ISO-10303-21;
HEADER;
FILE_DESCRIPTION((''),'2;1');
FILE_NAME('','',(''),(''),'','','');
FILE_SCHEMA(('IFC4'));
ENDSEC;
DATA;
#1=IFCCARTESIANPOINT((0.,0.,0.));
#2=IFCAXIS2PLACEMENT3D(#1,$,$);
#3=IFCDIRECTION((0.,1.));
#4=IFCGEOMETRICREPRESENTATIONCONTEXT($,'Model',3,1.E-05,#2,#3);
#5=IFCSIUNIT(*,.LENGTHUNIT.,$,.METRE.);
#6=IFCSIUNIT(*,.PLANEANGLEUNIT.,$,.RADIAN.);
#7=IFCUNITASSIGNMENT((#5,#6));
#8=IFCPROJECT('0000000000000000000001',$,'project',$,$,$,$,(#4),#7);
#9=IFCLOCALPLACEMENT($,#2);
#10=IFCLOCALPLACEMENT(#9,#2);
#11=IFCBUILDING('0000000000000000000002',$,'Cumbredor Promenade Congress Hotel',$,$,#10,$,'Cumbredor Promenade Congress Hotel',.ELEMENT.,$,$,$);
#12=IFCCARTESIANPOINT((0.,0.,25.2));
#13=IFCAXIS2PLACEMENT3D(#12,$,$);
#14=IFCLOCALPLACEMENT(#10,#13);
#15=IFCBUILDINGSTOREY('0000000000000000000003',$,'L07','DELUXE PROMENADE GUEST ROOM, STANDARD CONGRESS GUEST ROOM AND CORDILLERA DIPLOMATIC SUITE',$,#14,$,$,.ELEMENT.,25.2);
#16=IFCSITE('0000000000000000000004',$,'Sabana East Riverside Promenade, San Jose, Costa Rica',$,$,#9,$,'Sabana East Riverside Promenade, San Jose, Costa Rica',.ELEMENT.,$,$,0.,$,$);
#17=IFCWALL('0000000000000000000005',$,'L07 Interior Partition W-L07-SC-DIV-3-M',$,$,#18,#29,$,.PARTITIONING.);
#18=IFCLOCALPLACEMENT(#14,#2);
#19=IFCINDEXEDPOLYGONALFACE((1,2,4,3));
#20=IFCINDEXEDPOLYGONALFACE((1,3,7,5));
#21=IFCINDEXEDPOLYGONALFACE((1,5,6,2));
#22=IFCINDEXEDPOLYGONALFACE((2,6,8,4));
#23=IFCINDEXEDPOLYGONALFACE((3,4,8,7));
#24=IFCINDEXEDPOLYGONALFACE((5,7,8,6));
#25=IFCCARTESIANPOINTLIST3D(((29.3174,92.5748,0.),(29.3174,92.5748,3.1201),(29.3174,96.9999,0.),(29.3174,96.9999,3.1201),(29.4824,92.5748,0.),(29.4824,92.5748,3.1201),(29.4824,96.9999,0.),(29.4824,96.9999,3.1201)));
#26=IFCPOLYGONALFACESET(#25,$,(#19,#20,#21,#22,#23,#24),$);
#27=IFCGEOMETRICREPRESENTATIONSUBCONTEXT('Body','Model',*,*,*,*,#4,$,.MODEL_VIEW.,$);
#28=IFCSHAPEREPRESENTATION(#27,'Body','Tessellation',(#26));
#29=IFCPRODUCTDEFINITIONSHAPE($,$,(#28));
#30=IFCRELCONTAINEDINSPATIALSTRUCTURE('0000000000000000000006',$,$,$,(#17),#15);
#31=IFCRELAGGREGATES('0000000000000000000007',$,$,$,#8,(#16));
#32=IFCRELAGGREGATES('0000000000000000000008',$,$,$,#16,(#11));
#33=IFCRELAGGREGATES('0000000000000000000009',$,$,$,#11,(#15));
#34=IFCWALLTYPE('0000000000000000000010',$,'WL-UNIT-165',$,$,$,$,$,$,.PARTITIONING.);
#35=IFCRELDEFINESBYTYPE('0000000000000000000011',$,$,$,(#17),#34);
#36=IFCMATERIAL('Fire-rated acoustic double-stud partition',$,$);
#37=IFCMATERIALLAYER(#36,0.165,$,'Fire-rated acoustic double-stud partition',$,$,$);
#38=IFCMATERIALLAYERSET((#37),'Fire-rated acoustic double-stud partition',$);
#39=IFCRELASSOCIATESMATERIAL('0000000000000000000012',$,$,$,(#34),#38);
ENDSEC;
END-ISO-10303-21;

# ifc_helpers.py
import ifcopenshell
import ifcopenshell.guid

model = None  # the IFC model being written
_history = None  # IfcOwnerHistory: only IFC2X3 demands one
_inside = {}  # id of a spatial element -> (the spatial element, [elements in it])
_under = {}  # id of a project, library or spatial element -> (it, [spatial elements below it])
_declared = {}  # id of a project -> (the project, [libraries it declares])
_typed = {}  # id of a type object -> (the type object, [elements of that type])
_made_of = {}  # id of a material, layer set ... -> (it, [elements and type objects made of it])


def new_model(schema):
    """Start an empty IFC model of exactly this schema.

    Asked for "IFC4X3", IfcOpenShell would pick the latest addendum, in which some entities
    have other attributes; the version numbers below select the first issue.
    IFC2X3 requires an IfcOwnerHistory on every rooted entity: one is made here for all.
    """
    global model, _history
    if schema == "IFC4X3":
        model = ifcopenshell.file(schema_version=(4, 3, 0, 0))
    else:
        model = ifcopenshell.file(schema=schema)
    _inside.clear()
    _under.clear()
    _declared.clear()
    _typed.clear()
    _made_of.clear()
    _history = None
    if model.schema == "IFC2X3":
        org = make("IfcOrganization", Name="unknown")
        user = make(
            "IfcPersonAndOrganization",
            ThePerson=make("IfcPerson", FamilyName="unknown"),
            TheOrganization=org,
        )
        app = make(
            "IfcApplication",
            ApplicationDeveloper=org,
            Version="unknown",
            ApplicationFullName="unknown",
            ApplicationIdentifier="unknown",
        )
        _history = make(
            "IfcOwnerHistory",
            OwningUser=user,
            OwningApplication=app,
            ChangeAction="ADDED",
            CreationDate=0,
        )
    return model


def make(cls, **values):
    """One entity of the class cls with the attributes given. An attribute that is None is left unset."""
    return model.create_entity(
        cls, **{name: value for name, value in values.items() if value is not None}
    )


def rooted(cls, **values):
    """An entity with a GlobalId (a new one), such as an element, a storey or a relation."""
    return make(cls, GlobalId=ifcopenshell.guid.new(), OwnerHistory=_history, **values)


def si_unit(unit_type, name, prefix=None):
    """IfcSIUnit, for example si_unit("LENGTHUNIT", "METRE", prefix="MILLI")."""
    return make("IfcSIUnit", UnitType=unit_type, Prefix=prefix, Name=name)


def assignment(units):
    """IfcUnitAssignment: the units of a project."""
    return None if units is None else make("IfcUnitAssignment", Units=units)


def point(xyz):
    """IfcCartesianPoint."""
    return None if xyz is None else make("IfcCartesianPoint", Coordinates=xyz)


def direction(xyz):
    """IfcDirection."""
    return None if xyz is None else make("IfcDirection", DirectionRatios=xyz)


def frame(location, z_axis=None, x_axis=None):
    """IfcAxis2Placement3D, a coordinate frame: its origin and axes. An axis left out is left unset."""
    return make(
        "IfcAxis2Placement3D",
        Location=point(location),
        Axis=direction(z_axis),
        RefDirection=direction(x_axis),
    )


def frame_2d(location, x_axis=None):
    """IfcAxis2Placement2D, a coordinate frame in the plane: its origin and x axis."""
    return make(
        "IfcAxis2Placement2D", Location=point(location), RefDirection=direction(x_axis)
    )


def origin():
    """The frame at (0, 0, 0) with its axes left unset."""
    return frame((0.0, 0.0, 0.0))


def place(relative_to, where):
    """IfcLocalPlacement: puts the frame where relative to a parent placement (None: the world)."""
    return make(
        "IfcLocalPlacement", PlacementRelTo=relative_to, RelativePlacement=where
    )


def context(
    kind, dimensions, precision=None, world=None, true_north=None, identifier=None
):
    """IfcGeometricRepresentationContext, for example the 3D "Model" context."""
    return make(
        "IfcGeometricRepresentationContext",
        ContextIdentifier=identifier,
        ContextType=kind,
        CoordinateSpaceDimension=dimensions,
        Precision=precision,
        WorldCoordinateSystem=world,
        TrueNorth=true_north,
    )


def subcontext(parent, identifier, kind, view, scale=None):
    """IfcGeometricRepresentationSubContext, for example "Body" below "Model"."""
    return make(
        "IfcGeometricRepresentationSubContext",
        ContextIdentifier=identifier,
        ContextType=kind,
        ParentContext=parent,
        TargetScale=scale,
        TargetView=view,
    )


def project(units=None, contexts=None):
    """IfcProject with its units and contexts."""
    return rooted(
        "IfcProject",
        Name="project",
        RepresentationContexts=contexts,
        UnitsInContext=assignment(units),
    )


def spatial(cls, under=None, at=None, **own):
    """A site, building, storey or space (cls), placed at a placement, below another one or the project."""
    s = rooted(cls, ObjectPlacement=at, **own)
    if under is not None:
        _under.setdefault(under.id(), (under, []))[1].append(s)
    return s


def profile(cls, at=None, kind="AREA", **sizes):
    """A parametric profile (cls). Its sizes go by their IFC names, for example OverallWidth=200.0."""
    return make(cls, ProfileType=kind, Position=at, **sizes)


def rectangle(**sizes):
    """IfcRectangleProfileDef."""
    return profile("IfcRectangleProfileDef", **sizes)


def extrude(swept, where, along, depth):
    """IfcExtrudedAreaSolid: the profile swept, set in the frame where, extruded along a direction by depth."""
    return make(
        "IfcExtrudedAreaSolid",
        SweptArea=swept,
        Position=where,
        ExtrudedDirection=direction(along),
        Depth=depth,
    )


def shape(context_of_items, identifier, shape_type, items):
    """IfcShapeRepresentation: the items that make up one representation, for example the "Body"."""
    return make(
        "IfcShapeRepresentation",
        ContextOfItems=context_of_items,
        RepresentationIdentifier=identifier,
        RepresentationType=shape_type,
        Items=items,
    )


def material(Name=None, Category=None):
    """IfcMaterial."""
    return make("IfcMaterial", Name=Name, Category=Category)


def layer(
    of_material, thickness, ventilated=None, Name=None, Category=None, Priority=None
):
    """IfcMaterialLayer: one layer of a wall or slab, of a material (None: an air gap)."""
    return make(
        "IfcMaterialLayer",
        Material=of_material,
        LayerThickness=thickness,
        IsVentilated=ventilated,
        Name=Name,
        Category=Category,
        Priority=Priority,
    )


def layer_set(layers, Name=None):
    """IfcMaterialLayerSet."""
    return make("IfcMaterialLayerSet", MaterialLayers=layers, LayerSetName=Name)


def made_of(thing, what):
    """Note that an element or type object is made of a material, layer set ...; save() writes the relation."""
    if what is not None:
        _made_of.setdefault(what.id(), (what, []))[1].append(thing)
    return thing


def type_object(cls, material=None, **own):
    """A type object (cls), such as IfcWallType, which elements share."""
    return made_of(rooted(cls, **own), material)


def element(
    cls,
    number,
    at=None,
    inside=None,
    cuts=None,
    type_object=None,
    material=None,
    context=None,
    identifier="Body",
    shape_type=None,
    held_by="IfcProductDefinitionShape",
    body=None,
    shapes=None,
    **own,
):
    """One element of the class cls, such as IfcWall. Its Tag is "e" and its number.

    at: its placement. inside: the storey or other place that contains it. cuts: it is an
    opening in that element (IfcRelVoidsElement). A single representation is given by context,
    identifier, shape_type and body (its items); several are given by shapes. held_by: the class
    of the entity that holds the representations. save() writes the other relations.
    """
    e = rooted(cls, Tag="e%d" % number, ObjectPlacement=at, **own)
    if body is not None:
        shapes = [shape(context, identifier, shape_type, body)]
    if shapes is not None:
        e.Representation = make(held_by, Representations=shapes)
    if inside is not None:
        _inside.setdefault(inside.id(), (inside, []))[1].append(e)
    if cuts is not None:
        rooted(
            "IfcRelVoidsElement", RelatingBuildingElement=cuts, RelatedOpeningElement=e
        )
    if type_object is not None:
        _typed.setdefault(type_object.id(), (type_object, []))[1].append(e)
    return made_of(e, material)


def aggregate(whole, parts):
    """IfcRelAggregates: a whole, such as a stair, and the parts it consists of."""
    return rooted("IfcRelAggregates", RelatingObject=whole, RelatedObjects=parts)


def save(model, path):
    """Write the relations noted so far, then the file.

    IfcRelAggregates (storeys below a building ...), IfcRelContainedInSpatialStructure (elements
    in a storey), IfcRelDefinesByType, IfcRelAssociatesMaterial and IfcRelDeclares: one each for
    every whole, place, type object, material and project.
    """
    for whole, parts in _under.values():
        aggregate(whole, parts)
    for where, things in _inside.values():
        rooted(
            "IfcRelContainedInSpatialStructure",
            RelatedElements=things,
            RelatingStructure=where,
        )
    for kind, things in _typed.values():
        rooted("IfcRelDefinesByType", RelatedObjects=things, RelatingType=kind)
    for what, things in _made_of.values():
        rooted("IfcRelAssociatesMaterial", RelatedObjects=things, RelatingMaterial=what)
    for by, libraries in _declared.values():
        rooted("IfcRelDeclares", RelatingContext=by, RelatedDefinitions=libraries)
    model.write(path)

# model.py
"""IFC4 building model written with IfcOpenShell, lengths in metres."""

from ifc_helpers import new_model, si_unit, direction, frame, frame_2d, origin, place, context, subcontext, project, spatial, rectangle, extrude, material, layer, layer_set, type_object, element, save


model = new_model("IFC4")

# Units and contexts
model_context = context("Model", 3, precision=1e-05, world=origin(), true_north=direction((0.0, 1.0)))
body_context = subcontext(model_context, "Body", "Model", "MODEL_VIEW")
ifc_project = project(units=[si_unit("LENGTHUNIT", "METRE"), si_unit("PLANEANGLEUNIT", "RADIAN")], contexts=[model_context])

# Site, building, storey
site_placement = place(None, origin())
site = spatial("IfcSite", under=ifc_project, at=site_placement, Name="Sabana East Riverside Promenade, San Jose, Costa Rica", LongName="Sabana East Riverside Promenade, San Jose, Costa Rica", CompositionType="ELEMENT", RefElevation=0.0)
building_placement = place(site_placement, origin())
building = spatial("IfcBuilding", under=site, at=building_placement, Name="Cumbredor Promenade Congress Hotel", LongName="Cumbredor Promenade Congress Hotel", CompositionType="ELEMENT")
storey_placement = place(building_placement, frame((0.0, 0.0, 25.2)))
storey = spatial("IfcBuildingStorey", under=building, at=storey_placement, Name="L07", Description="DELUXE PROMENADE GUEST ROOM, STANDARD CONGRESS GUEST ROOM AND CORDILLERA DIPLOMATIC SUITE", CompositionType="ELEMENT", Elevation=25.2)

# Wall
ifc_material_1 = material(Name="Fire-rated acoustic double-stud partition")
ifc_layer_1 = layer(ifc_material_1, 0.165, Name="Fire-rated acoustic double-stud partition")
ifc_layer_set_1 = layer_set([ifc_layer_1], Name="Fire-rated acoustic double-stud partition")
wall_type_1 = type_object("IfcWallType", Name="WL-UNIT-165", PredefinedType="PARTITIONING", material=ifc_layer_set_1)
wall_1_placement = place(storey_placement, frame((29.3999, 92.575, 0.0), z_axis=(0.0, 0.0, 1.0), x_axis=(0.0, 1.0, 0.0)))
element("IfcWall", 1, at=wall_1_placement, inside=storey, type_object=wall_type_1, Name="L07 Interior Partition W-L07-SC-DIV-3-M", PredefinedType="PARTITIONING", context=body_context, shape_type="SweptSolid", body=[
    extrude(rectangle(XDim=4.425, YDim=0.165, at=frame_2d((2.2124, 0.0))), origin(), (0.0, 0.0, 1.0), 3.1201),
])

save(model, "model.ifc")
